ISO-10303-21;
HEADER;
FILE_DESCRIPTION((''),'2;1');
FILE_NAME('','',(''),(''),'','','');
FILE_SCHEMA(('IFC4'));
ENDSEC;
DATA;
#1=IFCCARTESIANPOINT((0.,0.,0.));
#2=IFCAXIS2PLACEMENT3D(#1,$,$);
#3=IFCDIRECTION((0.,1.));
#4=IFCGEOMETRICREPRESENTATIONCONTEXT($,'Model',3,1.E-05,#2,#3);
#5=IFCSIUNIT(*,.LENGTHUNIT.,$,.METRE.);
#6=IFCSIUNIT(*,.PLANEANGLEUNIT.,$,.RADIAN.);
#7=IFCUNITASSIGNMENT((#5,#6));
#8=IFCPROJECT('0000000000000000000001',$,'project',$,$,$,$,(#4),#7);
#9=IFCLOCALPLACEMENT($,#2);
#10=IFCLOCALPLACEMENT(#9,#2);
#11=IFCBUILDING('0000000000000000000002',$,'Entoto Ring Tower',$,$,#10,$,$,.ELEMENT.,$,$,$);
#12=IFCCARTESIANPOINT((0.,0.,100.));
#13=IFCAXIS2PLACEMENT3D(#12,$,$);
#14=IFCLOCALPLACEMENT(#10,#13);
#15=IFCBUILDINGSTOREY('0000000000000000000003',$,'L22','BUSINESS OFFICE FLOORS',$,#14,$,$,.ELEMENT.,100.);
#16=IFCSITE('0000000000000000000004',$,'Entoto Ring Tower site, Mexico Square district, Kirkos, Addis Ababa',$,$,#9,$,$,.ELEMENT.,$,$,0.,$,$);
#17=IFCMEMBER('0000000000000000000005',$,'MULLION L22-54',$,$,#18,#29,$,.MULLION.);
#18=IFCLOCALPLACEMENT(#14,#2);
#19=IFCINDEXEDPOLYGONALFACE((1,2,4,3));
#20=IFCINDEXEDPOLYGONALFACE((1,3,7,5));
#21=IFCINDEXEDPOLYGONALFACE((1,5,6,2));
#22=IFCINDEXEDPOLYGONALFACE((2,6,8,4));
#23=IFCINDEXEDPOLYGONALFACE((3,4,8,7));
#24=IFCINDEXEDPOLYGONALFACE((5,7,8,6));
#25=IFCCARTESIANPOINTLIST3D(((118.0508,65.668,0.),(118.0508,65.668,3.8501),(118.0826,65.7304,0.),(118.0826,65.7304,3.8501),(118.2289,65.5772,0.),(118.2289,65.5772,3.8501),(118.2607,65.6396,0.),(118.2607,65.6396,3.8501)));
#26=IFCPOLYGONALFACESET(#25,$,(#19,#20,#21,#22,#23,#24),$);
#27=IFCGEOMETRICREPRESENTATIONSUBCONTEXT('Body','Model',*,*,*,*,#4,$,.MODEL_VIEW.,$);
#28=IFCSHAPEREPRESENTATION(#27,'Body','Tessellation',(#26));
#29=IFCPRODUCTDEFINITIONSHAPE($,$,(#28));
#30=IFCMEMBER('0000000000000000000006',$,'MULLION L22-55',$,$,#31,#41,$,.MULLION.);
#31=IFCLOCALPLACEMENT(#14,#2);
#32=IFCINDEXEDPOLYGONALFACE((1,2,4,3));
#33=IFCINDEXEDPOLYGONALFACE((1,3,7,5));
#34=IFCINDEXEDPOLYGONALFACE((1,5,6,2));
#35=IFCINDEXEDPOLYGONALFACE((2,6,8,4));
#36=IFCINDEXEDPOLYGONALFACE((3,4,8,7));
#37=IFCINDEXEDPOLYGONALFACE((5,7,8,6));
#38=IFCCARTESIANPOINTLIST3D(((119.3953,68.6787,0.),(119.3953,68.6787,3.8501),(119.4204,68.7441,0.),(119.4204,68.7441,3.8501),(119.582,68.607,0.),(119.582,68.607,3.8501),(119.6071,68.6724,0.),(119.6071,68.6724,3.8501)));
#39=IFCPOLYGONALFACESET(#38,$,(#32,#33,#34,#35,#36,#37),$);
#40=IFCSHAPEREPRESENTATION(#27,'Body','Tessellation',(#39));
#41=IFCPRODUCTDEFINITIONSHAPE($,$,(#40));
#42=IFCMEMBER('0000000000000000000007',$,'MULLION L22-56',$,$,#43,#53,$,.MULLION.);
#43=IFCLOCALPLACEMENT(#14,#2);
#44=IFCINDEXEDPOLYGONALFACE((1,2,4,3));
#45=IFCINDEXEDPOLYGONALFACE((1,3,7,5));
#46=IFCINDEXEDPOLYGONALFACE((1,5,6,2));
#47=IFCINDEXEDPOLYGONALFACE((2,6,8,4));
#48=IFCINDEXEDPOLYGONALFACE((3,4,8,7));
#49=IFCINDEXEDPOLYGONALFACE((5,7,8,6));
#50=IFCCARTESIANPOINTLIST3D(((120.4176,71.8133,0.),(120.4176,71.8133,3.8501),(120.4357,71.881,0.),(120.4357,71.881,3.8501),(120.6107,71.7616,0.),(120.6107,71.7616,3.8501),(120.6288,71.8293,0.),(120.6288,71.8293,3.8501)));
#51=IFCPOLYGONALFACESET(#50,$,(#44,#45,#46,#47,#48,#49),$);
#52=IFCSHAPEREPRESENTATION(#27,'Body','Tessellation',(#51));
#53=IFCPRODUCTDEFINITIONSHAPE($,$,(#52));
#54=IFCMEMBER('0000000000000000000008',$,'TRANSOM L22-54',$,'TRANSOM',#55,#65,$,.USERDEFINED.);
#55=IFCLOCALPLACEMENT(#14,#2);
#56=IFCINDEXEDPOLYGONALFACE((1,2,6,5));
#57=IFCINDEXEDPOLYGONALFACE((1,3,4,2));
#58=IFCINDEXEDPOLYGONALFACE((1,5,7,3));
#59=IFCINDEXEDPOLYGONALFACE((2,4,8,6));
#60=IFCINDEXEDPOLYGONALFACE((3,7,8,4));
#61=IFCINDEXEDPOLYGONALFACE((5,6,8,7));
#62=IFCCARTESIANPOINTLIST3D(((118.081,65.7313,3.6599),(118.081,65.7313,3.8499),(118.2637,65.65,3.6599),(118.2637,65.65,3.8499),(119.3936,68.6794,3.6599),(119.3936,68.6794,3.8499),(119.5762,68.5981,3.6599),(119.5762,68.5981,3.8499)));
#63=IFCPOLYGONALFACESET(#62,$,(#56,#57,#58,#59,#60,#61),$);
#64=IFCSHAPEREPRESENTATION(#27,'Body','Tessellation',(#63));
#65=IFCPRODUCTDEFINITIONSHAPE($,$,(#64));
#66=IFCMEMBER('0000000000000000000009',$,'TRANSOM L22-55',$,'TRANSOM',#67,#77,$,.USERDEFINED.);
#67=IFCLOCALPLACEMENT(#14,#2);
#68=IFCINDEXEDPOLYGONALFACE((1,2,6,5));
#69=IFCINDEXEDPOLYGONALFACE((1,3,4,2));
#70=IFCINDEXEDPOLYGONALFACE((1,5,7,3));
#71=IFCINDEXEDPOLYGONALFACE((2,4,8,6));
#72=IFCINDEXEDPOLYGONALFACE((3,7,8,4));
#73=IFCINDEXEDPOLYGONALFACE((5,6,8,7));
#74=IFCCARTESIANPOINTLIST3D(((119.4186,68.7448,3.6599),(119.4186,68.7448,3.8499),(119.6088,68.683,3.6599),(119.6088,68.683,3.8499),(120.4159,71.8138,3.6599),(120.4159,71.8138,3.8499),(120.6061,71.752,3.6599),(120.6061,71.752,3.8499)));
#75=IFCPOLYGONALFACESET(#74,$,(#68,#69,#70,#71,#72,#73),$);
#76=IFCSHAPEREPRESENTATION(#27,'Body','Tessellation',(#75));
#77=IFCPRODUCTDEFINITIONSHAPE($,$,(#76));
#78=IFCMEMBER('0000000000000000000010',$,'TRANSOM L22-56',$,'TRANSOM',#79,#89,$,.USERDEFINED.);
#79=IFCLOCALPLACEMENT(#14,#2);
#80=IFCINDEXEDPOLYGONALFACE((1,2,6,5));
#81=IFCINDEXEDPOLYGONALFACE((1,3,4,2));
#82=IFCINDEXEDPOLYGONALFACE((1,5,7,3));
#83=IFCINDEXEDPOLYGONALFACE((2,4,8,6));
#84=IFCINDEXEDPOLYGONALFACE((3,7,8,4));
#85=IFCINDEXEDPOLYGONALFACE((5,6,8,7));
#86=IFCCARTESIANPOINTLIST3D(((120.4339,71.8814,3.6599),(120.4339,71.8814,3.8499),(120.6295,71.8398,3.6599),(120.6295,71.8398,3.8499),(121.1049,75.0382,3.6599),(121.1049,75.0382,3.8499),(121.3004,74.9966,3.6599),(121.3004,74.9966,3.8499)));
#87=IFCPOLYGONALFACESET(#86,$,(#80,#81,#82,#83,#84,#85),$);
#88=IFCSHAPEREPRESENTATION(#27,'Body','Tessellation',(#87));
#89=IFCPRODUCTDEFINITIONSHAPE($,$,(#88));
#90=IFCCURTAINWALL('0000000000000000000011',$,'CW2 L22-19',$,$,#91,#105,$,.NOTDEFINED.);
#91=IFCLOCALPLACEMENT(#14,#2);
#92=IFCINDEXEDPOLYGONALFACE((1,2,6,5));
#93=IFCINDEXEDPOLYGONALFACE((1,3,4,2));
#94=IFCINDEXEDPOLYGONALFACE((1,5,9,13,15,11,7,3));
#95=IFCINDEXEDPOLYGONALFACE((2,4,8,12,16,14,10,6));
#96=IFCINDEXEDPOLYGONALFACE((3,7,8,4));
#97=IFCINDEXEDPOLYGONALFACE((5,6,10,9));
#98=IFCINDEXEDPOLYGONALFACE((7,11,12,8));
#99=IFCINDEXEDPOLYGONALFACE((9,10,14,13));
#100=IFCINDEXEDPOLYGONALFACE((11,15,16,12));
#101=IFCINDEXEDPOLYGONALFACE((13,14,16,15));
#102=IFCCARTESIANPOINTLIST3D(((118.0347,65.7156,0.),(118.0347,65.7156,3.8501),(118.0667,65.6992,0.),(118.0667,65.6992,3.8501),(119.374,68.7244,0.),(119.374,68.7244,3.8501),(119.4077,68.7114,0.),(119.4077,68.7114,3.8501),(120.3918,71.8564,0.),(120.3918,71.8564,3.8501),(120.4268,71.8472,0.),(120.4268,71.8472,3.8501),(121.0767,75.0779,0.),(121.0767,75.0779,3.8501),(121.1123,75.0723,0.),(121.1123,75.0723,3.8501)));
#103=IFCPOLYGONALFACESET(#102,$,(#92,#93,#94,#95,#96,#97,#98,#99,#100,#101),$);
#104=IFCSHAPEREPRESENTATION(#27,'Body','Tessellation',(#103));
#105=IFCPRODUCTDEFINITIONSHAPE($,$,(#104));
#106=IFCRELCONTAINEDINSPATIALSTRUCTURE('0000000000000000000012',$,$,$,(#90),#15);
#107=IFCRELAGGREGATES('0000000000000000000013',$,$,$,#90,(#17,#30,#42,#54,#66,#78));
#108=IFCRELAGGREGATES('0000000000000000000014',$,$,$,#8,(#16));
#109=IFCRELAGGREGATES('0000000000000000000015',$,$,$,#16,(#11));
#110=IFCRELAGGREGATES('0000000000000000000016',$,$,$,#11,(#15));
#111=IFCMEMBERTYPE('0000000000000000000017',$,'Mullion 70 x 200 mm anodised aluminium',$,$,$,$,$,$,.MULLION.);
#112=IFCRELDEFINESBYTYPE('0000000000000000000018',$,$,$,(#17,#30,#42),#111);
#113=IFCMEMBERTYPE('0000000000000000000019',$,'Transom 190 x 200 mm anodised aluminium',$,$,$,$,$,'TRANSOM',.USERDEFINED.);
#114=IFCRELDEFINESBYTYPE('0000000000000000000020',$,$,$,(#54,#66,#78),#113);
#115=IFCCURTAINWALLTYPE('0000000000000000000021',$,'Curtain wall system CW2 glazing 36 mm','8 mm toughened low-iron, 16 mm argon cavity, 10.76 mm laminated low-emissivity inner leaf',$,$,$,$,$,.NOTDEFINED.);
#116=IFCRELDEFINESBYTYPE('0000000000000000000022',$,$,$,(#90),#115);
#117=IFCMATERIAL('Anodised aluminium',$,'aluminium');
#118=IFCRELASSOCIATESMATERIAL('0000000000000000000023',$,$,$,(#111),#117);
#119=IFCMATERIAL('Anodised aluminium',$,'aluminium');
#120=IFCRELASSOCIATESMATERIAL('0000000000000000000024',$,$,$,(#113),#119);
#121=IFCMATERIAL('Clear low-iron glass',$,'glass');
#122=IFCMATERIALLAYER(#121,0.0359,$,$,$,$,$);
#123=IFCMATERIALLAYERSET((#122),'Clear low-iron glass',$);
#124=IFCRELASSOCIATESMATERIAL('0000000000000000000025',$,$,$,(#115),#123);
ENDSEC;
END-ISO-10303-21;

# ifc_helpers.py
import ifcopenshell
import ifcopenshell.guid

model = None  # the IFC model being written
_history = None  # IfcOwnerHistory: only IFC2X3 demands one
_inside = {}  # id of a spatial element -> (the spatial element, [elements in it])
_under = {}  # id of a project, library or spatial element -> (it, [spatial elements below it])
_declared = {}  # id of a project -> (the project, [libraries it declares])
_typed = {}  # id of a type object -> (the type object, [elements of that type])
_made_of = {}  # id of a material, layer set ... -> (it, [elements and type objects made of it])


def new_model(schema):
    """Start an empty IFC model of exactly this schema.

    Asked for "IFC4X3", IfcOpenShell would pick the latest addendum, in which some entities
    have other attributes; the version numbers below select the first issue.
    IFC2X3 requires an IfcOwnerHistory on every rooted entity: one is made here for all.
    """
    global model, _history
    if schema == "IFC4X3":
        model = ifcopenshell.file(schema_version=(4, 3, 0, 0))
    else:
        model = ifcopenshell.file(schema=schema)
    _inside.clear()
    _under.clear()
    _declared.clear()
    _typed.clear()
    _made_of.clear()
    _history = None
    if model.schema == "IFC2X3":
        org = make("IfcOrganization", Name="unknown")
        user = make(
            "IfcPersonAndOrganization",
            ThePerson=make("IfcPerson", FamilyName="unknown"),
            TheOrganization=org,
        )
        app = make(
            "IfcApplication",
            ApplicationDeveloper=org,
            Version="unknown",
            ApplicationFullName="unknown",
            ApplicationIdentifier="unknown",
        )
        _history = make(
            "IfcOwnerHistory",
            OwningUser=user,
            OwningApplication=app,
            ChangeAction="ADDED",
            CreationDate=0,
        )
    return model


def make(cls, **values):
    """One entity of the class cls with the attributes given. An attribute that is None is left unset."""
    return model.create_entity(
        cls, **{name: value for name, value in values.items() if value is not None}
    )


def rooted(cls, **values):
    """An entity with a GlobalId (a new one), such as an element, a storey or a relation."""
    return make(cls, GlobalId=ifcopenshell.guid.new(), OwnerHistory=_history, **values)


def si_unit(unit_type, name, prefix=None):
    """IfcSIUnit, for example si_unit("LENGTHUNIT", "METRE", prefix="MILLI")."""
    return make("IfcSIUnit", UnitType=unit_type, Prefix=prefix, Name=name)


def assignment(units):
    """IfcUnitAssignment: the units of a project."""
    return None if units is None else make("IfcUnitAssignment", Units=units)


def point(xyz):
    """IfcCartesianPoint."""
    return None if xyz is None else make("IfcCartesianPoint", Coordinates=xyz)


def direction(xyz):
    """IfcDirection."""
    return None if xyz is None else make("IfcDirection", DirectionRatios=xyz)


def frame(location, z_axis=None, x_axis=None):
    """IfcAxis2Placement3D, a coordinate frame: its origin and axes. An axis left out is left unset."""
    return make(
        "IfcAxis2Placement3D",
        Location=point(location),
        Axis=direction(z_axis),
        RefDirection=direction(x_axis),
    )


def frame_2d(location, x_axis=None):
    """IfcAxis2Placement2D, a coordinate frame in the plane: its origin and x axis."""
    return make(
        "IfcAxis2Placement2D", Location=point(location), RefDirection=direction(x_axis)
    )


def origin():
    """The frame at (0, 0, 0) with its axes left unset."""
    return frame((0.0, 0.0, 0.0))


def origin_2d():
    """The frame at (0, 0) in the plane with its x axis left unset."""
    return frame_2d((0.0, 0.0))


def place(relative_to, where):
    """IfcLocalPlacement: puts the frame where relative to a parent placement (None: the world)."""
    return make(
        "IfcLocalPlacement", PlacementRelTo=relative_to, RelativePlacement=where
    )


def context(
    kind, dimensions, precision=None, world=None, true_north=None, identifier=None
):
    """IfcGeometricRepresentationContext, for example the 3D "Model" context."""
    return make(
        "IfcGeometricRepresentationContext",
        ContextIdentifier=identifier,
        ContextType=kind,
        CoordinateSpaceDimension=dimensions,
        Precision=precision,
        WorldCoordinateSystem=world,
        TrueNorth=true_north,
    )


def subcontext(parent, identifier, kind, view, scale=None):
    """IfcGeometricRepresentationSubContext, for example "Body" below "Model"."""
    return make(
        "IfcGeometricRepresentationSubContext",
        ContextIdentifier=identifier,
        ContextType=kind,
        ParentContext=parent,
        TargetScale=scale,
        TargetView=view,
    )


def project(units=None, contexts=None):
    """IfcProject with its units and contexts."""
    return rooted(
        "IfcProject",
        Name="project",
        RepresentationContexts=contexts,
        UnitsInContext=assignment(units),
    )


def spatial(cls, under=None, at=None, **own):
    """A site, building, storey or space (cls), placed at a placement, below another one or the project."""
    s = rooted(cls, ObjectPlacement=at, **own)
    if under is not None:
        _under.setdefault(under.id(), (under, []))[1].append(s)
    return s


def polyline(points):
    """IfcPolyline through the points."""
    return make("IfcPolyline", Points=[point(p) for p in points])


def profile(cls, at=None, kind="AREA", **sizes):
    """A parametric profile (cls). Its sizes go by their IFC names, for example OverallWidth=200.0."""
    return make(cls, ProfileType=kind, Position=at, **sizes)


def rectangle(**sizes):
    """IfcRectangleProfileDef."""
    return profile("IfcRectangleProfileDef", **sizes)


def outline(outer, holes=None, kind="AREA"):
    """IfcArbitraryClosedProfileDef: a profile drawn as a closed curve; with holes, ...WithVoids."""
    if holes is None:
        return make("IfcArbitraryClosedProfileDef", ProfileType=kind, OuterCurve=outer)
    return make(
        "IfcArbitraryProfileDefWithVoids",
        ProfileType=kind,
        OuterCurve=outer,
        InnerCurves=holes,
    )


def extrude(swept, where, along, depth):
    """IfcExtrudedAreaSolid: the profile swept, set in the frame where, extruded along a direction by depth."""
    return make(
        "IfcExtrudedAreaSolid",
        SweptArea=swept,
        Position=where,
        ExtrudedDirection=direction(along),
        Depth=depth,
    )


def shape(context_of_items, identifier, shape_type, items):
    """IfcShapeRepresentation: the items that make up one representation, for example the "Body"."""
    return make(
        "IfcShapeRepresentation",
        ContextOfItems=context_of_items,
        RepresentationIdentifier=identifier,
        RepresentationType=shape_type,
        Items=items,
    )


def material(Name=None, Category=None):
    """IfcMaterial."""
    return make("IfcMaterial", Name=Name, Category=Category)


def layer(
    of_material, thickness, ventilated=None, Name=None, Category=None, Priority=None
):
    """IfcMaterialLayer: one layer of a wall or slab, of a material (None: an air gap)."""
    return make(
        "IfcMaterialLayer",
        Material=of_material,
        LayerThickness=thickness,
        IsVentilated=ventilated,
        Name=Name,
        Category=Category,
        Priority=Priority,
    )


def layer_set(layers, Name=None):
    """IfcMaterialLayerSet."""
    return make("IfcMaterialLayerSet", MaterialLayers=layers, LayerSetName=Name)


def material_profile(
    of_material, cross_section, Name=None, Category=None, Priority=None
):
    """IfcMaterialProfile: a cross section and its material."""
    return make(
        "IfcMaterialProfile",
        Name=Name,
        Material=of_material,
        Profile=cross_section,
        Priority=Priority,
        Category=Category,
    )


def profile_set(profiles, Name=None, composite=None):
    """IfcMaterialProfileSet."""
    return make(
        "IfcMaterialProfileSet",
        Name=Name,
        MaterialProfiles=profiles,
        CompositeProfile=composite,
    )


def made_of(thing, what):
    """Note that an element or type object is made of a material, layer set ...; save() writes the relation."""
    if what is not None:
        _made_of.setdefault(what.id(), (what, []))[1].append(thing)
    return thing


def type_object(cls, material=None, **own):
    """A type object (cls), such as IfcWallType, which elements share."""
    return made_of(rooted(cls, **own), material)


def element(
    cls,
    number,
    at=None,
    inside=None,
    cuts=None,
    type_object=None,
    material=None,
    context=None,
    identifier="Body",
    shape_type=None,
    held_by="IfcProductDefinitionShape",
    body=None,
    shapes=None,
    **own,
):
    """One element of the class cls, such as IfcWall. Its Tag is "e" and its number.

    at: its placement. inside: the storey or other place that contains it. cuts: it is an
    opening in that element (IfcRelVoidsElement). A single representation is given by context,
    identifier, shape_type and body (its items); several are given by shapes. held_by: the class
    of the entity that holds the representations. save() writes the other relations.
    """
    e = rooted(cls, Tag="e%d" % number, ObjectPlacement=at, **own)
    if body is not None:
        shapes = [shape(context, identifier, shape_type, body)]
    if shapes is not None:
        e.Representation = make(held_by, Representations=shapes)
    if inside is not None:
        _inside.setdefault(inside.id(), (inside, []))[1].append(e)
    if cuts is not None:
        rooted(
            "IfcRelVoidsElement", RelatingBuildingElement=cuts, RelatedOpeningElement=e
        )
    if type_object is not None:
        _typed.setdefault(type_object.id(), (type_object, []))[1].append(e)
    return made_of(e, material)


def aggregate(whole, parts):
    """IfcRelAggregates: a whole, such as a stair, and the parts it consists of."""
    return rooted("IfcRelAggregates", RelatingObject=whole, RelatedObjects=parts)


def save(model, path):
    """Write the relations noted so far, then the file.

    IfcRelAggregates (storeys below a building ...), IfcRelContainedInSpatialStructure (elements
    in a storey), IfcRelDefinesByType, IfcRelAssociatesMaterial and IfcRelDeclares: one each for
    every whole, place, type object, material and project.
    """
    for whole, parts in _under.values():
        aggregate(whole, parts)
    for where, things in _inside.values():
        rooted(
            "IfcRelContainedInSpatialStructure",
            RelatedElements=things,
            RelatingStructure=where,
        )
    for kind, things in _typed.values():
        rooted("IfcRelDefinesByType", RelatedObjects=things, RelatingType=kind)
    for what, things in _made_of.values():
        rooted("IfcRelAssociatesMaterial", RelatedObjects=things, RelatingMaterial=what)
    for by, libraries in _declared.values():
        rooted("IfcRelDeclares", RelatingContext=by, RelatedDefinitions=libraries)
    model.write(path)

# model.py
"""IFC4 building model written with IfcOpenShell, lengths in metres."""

from ifc_helpers import new_model, si_unit, direction, frame, origin, origin_2d, place, context, subcontext, project, spatial, polyline, rectangle, outline, extrude, material, layer, layer_set, material_profile, profile_set, type_object, element, aggregate, save


model = new_model("IFC4")

# Units and contexts
model_context = context("Model", 3, precision=1e-05, world=origin(), true_north=direction((0.0, 1.0)))
body_context = subcontext(model_context, "Body", "Model", "MODEL_VIEW")
ifc_project = project(units=[si_unit("LENGTHUNIT", "METRE"), si_unit("PLANEANGLEUNIT", "RADIAN")], contexts=[model_context])

# Members
ifc_material_1 = material(Name="Anodised aluminium", Category="aluminium")
ifc_material_profile_1 = material_profile(ifc_material_1, rectangle(XDim=0.0701, YDim=0.2, at=origin_2d()), Name="Mullion 70 x 200 mm anodised aluminium")
ifc_profile_set_1 = profile_set([ifc_material_profile_1], Name="Anodised aluminium")
member_type_1 = type_object("IfcMemberType", Name="Mullion 70 x 200 mm anodised aluminium", PredefinedType="MULLION", material=ifc_profile_set_1)
site_placement = place(None, origin())
building_placement = place(site_placement, origin())
storey_placement = place(building_placement, frame((0.0, 0.0, 100.0)))
member_1_placement = place(storey_placement, frame((118.1558, 65.6538, 0.0), z_axis=(0.0, 0.0, 1.0), x_axis=(0.45399, 0.891007, 0.0)))
member_1 = element("IfcMember", 1, at=member_1_placement, type_object=member_type_1, Name="MULLION L22-54", PredefinedType="MULLION", context=body_context, shape_type="SweptSolid", body=[
    extrude(rectangle(XDim=0.0701, YDim=0.2, at=origin_2d()), origin(), (0.0, 0.0, 1.0), 3.8501),
])
member_2_placement = place(storey_placement, frame((119.5012, 68.6755, 0.0), z_axis=(0.0, 0.0, 1.0), x_axis=(0.358368, 0.93358, 0.0)))
member_2 = element("IfcMember", 2, at=member_2_placement, type_object=member_type_1, Name="MULLION L22-55", PredefinedType="MULLION", context=body_context, shape_type="SweptSolid", body=[
    extrude(rectangle(XDim=0.0701, YDim=0.2, at=origin_2d()), origin(), (0.0, 0.0, 1.0), 3.8501),
])
member_3_placement = place(storey_placement, frame((120.5232, 71.8213, 0.0), z_axis=(0.0, 0.0, 1.0), x_axis=(0.258819, 0.965926, 0.0)))
member_3 = element("IfcMember", 3, at=member_3_placement, type_object=member_type_1, Name="MULLION L22-56", PredefinedType="MULLION", context=body_context, shape_type="SweptSolid", body=[
    extrude(rectangle(XDim=0.0701, YDim=0.2, at=origin_2d()), origin(), (0.0, 0.0, 1.0), 3.8501),
])
ifc_material_2 = material(Name="Anodised aluminium", Category="aluminium")
ifc_material_profile_2 = material_profile(ifc_material_2, rectangle(XDim=0.2, YDim=0.1899, at=origin_2d()), Name="Transom 190 x 200 mm anodised aluminium")
ifc_profile_set_2 = profile_set([ifc_material_profile_2], Name="Anodised aluminium")
member_type_2 = type_object("IfcMemberType", Name="Transom 190 x 200 mm anodised aluminium", ElementType="TRANSOM", PredefinedType="USERDEFINED", material=ifc_profile_set_2)
member_4_placement = place(storey_placement, frame((118.1724, 65.6907, 3.7549), z_axis=(0.406728, 0.913549, 0.0), x_axis=(-0.913549, 0.406728, 0.0)))
member_4 = element("IfcMember", 4, at=member_4_placement, type_object=member_type_2, Name="TRANSOM L22-54", ObjectType="TRANSOM", PredefinedType="USERDEFINED", context=body_context, shape_type="SweptSolid", body=[
    extrude(rectangle(XDim=0.2, YDim=0.1899, at=origin_2d()), origin(), (0.0, 0.0, 1.0), 3.2271),
])
member_5_placement = place(storey_placement, frame((119.5137, 68.7139, 3.7549), z_axis=(0.309047, 0.951047, 0.0), x_axis=(-0.951047, 0.309047, 0.0)))
member_5 = element("IfcMember", 5, at=member_5_placement, type_object=member_type_2, Name="TRANSOM L22-55", ObjectType="TRANSOM", PredefinedType="USERDEFINED", context=body_context, shape_type="SweptSolid", body=[
    extrude(rectangle(XDim=0.2, YDim=0.1899, at=origin_2d()), origin(), (0.0, 0.0, 1.0), 3.2271),
])
member_6_placement = place(storey_placement, frame((120.5317, 71.8606, 3.7549), z_axis=(0.207886, 0.978153, 0.0), x_axis=(-0.978153, 0.207886, 0.0)))
member_6 = element("IfcMember", 6, at=member_6_placement, type_object=member_type_2, Name="TRANSOM L22-56", ObjectType="TRANSOM", PredefinedType="USERDEFINED", context=body_context, shape_type="SweptSolid", body=[
    extrude(rectangle(XDim=0.2, YDim=0.1899, at=origin_2d()), origin(), (0.0, 0.0, 1.0), 3.2273),
])

# Site, building, storey
site = spatial("IfcSite", under=ifc_project, at=site_placement, Name="Entoto Ring Tower site, Mexico Square district, Kirkos, Addis Ababa", CompositionType="ELEMENT", RefElevation=0.0)
building = spatial("IfcBuilding", under=site, at=building_placement, Name="Entoto Ring Tower", CompositionType="ELEMENT")
storey = spatial("IfcBuildingStorey", under=building, at=storey_placement, Name="L22", Description="BUSINESS OFFICE FLOORS", CompositionType="ELEMENT", Elevation=100.0)

# Curtain wall
ifc_material_3 = material(Name="Clear low-iron glass", Category="glass")
ifc_layer_1 = layer(ifc_material_3, 0.0359)
ifc_layer_set_1 = layer_set([ifc_layer_1], Name="Clear low-iron glass")
curtain_wall_type = type_object("IfcCurtainWallType", Name="Curtain wall system CW2 glazing 36 mm", Description="8 mm toughened low-iron, 16 mm argon cavity, 10.76 mm laminated low-emissivity inner leaf", PredefinedType="NOTDEFINED", material=ifc_layer_set_1)
curtain_wall_1_placement = place(storey_placement, origin())
curtain_wall_1 = element("IfcCurtainWall", 7, at=curtain_wall_1_placement, inside=storey, type_object=curtain_wall_type, Name="CW2 L22-19", PredefinedType="NOTDEFINED", context=body_context, shape_type="SweptSolid", body=[
    extrude(outline(polyline([(118.0667, 65.6992), (119.4077, 68.7114), (120.4268, 71.8472), (121.1123, 75.0723), (121.0767, 75.0779), (120.3918, 71.8564), (119.374, 68.7244), (118.0347, 65.7156), (118.0667, 65.6992)])), origin(), (0.0, 0.0, 1.0), 3.8501),
])
aggregate(curtain_wall_1, [member_1, member_2, member_3, member_4, member_5, member_6])

save(model, "model.ifc")
